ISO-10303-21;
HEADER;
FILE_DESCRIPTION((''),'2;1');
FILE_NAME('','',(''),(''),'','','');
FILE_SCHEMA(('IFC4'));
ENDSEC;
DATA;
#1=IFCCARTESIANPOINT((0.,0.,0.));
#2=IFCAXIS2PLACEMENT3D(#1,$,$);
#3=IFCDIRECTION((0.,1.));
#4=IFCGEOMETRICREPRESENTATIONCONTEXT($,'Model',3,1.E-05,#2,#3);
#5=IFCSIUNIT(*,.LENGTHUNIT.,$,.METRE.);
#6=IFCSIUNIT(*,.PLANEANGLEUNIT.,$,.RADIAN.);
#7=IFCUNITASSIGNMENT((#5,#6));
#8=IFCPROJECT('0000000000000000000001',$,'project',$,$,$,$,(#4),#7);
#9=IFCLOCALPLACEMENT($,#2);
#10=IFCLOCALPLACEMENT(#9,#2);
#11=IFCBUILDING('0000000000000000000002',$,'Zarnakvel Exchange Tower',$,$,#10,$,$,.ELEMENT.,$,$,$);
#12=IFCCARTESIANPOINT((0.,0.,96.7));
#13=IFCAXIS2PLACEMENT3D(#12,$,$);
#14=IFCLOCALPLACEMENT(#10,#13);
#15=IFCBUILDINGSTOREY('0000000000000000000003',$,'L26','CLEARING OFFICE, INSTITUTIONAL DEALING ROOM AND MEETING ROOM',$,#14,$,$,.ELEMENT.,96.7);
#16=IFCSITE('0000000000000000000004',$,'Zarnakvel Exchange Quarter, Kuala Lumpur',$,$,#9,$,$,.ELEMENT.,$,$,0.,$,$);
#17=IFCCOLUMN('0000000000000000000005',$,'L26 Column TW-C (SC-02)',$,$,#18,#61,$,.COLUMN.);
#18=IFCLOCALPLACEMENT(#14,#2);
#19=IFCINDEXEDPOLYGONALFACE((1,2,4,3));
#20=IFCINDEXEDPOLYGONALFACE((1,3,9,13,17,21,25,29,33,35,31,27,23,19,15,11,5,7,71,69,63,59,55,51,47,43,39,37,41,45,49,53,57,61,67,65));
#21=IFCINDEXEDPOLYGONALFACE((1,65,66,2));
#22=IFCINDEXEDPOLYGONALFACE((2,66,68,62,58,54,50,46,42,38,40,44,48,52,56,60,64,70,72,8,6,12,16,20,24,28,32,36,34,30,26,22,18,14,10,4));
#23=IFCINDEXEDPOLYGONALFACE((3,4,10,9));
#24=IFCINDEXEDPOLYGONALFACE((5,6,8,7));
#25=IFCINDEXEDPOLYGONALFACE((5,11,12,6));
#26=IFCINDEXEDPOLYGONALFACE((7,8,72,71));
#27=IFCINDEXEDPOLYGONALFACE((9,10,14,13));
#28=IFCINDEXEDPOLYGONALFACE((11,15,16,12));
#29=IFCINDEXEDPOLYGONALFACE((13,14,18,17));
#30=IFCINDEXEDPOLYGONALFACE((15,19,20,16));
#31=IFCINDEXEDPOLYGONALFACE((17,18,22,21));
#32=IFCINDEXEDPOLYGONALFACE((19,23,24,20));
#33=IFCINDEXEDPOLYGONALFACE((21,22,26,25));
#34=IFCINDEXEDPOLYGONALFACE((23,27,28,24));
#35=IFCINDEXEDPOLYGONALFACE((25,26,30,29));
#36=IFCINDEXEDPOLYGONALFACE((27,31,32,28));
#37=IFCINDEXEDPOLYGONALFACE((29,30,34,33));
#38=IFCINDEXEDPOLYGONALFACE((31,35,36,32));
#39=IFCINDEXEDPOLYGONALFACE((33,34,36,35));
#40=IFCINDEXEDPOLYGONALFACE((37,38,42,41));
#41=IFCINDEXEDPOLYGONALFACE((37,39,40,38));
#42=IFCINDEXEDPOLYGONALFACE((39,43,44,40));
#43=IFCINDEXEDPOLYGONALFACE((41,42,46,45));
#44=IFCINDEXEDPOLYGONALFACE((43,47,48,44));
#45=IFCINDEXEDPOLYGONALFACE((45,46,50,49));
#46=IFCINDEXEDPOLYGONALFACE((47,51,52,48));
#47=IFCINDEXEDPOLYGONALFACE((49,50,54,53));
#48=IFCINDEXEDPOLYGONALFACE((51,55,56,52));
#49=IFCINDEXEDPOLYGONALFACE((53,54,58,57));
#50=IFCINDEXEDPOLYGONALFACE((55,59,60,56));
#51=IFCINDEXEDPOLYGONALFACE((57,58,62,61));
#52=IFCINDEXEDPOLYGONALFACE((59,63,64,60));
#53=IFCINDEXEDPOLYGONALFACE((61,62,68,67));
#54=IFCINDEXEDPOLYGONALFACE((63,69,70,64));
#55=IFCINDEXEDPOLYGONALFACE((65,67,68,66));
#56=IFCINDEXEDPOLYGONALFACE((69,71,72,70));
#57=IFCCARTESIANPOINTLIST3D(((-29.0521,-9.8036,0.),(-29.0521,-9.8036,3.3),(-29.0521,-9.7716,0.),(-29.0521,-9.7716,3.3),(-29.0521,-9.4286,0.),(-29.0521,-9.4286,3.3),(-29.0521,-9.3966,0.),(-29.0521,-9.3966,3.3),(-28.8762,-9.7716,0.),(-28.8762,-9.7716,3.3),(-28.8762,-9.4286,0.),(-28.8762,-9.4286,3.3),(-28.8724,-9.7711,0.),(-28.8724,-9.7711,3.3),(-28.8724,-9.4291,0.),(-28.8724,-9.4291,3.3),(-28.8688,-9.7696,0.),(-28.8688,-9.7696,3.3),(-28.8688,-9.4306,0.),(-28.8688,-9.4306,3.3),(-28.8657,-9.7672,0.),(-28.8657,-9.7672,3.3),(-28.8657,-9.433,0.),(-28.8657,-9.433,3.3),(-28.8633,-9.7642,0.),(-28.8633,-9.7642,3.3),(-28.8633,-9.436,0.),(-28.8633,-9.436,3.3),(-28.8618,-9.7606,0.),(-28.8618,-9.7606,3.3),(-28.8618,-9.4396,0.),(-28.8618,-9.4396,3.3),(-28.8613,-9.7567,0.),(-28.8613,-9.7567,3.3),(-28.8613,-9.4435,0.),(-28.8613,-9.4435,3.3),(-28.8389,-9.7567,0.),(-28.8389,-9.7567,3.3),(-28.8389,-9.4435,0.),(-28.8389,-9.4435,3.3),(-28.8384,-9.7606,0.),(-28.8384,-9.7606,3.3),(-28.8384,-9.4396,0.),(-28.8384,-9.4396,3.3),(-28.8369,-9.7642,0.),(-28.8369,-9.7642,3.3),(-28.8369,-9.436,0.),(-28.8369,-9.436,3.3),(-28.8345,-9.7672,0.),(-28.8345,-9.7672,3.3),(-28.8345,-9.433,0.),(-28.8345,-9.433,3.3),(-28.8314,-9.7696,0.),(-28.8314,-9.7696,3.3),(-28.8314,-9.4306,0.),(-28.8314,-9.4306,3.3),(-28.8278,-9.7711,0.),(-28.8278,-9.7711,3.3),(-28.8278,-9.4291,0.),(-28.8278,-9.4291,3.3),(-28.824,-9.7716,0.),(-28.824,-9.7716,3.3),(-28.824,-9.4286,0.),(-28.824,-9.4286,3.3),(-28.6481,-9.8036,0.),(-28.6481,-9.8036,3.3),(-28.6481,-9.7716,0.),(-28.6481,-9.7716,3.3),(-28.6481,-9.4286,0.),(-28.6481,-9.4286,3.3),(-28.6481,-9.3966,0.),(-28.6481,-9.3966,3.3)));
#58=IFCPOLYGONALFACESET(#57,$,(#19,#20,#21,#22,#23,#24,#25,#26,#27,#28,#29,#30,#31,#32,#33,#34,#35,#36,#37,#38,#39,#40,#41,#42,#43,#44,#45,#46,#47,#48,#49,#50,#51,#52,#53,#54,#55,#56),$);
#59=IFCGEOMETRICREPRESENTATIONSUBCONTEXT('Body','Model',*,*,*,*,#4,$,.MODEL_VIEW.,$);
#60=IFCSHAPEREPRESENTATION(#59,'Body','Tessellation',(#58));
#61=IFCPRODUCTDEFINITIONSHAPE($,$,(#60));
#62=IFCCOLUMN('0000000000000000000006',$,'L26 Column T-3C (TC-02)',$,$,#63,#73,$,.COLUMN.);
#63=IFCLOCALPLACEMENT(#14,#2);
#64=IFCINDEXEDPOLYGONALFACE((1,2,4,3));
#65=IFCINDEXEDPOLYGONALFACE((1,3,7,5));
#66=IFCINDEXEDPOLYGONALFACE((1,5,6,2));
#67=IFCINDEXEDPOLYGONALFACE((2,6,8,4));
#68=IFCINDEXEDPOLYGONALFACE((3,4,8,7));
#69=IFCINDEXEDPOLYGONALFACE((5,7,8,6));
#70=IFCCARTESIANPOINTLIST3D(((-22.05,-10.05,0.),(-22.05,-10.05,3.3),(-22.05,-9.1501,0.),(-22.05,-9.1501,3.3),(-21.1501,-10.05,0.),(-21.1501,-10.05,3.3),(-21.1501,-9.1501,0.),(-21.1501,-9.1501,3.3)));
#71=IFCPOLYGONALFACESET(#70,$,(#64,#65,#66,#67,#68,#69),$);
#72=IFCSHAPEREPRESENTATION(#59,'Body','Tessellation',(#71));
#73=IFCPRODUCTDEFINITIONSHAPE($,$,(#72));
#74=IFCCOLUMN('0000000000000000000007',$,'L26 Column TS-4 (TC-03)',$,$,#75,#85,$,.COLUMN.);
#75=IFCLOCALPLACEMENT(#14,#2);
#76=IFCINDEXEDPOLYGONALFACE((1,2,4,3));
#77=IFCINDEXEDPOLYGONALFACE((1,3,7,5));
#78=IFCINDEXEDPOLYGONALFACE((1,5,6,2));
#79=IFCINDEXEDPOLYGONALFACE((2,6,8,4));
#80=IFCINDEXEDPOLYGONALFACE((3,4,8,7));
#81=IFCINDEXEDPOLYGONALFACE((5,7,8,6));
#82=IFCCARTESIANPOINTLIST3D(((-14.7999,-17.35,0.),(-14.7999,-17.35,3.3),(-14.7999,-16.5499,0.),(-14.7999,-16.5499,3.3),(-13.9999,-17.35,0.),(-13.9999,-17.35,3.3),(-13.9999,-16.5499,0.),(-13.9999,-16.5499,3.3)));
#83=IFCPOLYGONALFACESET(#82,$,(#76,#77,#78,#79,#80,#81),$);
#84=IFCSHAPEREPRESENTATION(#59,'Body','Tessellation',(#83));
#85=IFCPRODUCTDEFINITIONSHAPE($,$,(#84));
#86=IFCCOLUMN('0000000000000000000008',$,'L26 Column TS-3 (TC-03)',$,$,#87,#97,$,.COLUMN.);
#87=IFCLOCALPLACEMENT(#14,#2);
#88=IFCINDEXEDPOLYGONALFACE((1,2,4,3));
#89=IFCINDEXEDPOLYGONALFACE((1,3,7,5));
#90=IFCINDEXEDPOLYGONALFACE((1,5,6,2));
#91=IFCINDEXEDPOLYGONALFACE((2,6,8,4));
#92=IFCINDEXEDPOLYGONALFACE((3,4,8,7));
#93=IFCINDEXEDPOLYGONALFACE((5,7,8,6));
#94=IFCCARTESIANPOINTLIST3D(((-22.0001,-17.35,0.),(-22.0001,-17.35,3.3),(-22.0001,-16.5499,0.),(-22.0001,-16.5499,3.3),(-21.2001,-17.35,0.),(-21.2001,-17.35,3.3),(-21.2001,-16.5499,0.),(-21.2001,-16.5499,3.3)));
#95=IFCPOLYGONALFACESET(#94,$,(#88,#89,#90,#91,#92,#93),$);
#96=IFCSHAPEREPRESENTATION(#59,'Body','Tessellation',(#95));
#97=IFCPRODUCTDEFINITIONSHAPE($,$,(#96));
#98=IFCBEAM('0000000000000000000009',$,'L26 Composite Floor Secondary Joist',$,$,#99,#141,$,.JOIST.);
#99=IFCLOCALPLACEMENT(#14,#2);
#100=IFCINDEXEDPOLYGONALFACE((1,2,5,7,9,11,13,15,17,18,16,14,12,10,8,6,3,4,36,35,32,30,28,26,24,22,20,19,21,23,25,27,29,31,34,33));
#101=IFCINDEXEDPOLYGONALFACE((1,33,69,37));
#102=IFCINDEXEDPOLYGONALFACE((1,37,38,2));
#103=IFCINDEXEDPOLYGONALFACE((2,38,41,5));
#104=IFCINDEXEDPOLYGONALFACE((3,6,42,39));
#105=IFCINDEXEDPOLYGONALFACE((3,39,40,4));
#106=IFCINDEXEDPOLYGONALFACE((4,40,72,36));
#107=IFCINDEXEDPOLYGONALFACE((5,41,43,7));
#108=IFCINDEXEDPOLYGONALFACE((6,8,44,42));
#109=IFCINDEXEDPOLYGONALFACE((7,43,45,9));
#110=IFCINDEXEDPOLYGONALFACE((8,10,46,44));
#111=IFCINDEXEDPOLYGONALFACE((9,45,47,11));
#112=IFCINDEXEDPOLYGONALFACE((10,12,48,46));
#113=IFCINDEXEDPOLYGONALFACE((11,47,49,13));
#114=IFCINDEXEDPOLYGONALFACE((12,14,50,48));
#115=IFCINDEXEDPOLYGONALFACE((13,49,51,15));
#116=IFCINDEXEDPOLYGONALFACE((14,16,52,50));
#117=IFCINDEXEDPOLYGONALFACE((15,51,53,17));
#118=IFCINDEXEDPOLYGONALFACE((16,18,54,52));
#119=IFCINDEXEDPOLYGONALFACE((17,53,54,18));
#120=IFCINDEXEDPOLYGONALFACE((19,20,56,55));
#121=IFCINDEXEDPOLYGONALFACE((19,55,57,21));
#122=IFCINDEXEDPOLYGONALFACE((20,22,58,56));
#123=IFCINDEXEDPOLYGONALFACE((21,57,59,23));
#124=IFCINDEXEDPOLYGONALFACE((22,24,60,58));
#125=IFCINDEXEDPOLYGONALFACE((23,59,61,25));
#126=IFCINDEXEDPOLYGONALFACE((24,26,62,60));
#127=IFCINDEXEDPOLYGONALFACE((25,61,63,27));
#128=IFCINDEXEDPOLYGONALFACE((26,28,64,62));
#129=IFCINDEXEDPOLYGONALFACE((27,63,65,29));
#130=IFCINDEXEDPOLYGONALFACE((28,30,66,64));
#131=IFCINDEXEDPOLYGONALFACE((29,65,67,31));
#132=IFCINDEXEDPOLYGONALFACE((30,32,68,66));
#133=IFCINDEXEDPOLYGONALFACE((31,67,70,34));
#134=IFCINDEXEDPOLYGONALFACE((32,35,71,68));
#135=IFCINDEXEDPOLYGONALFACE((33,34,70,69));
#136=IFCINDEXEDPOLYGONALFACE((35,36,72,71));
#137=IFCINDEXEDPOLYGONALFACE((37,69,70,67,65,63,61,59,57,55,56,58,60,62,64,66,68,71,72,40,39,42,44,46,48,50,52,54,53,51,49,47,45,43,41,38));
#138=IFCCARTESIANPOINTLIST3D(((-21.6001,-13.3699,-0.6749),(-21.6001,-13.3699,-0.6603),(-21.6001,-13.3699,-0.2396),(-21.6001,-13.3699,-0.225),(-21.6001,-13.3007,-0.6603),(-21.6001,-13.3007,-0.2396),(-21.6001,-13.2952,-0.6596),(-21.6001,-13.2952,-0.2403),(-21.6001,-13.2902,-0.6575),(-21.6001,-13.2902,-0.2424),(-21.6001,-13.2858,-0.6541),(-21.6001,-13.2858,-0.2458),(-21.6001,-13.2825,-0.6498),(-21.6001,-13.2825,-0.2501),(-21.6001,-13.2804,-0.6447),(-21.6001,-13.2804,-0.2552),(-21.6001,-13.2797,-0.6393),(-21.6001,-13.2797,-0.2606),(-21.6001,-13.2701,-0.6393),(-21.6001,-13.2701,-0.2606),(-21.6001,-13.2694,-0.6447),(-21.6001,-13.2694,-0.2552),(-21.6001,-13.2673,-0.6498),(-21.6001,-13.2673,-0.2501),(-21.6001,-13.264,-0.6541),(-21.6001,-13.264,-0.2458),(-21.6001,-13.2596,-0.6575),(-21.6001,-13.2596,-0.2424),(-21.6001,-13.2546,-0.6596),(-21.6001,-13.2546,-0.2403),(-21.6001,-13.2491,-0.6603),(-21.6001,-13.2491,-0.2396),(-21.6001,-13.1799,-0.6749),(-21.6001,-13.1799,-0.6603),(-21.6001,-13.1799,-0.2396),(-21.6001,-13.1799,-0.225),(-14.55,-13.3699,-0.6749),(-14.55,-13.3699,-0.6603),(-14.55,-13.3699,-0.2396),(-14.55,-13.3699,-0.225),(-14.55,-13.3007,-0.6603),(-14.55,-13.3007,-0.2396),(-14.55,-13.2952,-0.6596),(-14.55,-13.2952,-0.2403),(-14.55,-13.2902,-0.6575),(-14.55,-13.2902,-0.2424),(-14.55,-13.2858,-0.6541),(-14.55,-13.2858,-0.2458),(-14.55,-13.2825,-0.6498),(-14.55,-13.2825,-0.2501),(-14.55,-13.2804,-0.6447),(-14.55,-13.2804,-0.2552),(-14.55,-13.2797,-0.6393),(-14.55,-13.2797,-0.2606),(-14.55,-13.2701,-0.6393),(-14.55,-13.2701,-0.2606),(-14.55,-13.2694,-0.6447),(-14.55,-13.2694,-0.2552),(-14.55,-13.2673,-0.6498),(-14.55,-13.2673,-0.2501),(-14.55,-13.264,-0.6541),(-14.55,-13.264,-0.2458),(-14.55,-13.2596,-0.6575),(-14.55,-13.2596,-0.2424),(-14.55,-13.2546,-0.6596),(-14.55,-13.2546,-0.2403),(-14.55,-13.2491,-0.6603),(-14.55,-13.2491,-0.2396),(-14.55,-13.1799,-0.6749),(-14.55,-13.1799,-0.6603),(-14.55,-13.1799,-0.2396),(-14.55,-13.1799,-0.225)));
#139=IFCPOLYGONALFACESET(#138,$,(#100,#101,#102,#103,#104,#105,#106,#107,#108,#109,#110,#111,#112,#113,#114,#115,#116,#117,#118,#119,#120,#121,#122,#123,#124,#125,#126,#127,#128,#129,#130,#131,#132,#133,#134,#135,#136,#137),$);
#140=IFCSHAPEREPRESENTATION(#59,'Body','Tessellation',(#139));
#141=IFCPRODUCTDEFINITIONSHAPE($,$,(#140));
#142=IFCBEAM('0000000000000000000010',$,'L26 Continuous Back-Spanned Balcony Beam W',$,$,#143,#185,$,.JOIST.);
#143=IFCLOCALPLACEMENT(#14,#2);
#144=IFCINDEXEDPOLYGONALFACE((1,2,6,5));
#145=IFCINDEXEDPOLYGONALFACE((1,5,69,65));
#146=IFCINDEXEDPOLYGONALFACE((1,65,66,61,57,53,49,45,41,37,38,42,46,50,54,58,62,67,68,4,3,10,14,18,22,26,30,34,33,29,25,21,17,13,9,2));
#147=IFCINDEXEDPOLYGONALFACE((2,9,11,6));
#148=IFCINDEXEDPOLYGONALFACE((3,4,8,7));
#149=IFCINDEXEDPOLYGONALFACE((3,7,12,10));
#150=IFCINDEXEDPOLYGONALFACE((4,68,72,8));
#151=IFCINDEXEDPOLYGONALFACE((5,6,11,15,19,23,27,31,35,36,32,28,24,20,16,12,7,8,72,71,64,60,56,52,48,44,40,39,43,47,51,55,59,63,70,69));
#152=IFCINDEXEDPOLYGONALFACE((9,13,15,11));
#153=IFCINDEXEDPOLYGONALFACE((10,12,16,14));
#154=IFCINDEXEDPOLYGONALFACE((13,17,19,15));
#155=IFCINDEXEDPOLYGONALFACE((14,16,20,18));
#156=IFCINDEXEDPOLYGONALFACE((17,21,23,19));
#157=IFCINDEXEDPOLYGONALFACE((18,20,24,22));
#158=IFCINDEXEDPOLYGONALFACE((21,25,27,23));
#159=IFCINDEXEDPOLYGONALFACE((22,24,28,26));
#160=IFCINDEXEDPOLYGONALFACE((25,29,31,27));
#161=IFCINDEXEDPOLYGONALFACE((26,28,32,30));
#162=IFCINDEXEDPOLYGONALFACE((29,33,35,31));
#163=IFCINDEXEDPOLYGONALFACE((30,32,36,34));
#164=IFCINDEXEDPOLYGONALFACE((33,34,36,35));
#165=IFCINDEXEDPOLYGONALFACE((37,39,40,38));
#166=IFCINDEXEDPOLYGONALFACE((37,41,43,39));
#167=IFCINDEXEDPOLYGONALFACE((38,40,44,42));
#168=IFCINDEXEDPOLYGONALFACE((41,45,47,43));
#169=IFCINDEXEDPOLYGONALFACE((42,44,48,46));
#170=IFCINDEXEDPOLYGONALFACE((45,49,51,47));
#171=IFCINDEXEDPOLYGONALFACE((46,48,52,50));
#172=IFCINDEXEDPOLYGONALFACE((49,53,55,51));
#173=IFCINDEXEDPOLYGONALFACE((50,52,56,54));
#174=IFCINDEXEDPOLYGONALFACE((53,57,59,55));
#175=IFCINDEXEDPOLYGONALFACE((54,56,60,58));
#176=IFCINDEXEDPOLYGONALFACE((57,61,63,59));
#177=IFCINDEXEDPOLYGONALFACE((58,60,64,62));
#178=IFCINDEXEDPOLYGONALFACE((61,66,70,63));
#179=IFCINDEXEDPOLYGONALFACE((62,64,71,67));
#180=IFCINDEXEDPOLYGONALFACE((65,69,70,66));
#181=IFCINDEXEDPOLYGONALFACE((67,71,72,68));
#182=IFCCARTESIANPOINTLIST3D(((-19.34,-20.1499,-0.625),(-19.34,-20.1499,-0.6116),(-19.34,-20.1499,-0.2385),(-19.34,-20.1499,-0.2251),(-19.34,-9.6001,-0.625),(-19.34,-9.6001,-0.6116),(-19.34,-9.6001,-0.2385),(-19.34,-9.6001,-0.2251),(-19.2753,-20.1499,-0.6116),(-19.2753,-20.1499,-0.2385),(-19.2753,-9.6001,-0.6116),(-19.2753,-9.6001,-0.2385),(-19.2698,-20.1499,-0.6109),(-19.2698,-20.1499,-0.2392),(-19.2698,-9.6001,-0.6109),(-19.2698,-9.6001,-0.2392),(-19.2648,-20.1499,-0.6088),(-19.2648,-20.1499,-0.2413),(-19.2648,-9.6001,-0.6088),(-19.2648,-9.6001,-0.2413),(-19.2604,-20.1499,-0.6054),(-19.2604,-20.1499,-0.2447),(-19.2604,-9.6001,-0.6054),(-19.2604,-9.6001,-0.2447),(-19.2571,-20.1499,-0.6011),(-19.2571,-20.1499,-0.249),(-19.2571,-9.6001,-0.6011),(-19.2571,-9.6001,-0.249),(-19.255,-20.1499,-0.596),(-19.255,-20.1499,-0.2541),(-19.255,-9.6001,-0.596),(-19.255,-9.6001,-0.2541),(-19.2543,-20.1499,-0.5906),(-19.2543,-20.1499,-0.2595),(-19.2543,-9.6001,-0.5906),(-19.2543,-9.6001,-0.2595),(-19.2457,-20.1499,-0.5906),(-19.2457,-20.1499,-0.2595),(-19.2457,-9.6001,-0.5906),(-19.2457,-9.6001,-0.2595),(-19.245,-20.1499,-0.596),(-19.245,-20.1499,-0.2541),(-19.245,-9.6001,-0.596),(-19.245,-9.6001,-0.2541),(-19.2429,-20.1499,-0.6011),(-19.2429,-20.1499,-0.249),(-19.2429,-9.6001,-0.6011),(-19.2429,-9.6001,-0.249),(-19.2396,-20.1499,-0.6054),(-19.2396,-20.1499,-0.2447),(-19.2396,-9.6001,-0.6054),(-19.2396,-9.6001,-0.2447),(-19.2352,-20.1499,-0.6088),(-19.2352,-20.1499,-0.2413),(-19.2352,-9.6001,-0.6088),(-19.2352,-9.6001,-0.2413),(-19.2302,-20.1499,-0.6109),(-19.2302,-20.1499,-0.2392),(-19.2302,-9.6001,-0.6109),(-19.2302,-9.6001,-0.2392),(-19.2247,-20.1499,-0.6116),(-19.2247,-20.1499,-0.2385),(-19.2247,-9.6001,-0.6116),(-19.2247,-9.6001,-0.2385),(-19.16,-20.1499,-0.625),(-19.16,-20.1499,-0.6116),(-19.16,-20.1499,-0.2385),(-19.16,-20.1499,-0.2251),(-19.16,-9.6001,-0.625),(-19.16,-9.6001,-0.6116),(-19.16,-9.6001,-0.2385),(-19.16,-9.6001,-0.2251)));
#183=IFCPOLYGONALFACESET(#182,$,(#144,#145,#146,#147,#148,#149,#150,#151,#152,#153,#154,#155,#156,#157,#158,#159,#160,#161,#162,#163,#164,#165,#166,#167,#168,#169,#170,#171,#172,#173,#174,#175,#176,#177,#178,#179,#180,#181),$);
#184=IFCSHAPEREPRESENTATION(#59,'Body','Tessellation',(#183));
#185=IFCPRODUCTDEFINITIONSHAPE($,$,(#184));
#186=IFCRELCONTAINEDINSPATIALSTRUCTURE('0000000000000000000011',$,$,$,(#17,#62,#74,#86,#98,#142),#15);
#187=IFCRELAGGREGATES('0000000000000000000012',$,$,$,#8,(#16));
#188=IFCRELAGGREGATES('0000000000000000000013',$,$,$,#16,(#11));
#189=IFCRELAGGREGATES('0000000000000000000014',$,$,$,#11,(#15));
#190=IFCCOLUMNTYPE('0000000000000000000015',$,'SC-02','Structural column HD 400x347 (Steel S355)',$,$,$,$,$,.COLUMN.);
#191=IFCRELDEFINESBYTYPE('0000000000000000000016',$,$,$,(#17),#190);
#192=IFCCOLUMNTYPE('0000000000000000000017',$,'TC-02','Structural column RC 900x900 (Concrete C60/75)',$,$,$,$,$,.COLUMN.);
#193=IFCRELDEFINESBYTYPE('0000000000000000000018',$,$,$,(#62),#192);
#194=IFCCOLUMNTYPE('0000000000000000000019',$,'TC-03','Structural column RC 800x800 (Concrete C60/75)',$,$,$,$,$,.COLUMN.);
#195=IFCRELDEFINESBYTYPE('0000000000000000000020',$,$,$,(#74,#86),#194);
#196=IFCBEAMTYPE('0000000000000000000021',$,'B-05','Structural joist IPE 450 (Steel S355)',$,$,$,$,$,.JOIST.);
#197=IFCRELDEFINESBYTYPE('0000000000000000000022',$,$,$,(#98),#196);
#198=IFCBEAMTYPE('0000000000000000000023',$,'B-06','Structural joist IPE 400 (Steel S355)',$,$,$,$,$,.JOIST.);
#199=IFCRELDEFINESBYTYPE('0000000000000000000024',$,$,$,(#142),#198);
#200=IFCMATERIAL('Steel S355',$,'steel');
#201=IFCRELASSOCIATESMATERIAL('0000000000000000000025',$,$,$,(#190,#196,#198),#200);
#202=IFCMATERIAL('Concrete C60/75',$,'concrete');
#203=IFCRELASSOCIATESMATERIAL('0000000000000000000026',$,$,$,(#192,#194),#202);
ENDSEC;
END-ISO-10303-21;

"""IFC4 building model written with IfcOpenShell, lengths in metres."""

from ifc_helpers import new_model, si_unit, direction, frame, origin, origin_2d, place, context, subcontext, project, spatial, rectangle, i_section, extrude, material, material_profile, profile_set, type_object, element, save


model = new_model("IFC4")

# Units and contexts
model_context = context("Model", 3, precision=1e-05, world=origin(), true_north=direction((0.0, 1.0)))
body_context = subcontext(model_context, "Body", "Model", "MODEL_VIEW")
ifc_project = project(units=[si_unit("LENGTHUNIT", "METRE"), si_unit("PLANEANGLEUNIT", "RADIAN")], contexts=[model_context])

# Site, building, storey
site_placement = place(None, origin())
site = spatial("IfcSite", under=ifc_project, at=site_placement, Name="Zarnakvel Exchange Quarter, Kuala Lumpur", CompositionType="ELEMENT", RefElevation=0.0)
building_placement = place(site_placement, origin())
building = spatial("IfcBuilding", under=site, at=building_placement, Name="Zarnakvel Exchange Tower", CompositionType="ELEMENT")
storey_placement = place(building_placement, frame((0.0, 0.0, 96.7)))
storey = spatial("IfcBuildingStorey", under=building, at=storey_placement, Name="L26", Description="CLEARING OFFICE, INSTITUTIONAL DEALING ROOM AND MEETING ROOM", CompositionType="ELEMENT", Elevation=96.7)

# Columns
ifc_material_1 = material(Name="Steel S355", Category="steel")
ifc_material_profile_1 = material_profile(ifc_material_1, i_section(OverallWidth=0.4041, OverallDepth=0.407, WebThickness=0.0225, FlangeThickness=0.032, FilletRadius=0.0149, at=origin_2d()))
ifc_profile_set_1 = profile_set([ifc_material_profile_1], Name="Steel S355")
column_type_1 = type_object("IfcColumnType", Name="SC-02", Description="Structural column HD 400x347 (Steel S355)", PredefinedType="COLUMN", material=ifc_profile_set_1)
column_1_placement = place(storey_placement, frame((-28.8501, -9.6001, 0.0), z_axis=(0.0, 0.0, 1.0), x_axis=(1.0, 0.0, 0.0)))
element("IfcColumn", 1, at=column_1_placement, inside=storey, type_object=column_type_1, Name="L26 Column TW-C (SC-02)", PredefinedType="COLUMN", context=body_context, shape_type="SweptSolid", body=[
    extrude(i_section(OverallWidth=0.4041, OverallDepth=0.407, WebThickness=0.0225, FlangeThickness=0.032, FilletRadius=0.0149, at=origin_2d()), origin(), (0.0, 0.0, 1.0), 3.3),
])
ifc_material_2 = material(Name="Concrete C60/75", Category="concrete")
ifc_material_profile_2 = material_profile(ifc_material_2, rectangle(XDim=0.8999, YDim=0.8999, at=origin_2d()))
ifc_profile_set_2 = profile_set([ifc_material_profile_2], Name="Concrete C60/75")
column_type_2 = type_object("IfcColumnType", Name="TC-02", Description="Structural column RC 900x900 (Concrete C60/75)", PredefinedType="COLUMN", material=ifc_profile_set_2)
column_2_placement = place(storey_placement, frame((-21.6001, -9.6001, 0.0), z_axis=(0.0, 0.0, 1.0), x_axis=(1.0, 0.0, 0.0)))
element("IfcColumn", 2, at=column_2_placement, inside=storey, type_object=column_type_2, Name="L26 Column T-3C (TC-02)", PredefinedType="COLUMN", context=body_context, shape_type="SweptSolid", body=[
    extrude(rectangle(XDim=0.8999, YDim=0.8999, at=origin_2d()), origin(), (0.0, 0.0, 1.0), 3.3),
])
ifc_material_profile_3 = material_profile(ifc_material_2, rectangle(XDim=0.8, YDim=0.8, at=origin_2d()))
ifc_profile_set_3 = profile_set([ifc_material_profile_3], Name="Concrete C60/75")
column_type_3 = type_object("IfcColumnType", Name="TC-03", Description="Structural column RC 800x800 (Concrete C60/75)", PredefinedType="COLUMN", material=ifc_profile_set_3)
for number, where, z_axis, x_axis, name in (
    (3, (-14.3999, -16.95, 0.0), (0.0, 0.0, 1.0), (1.0, 0.0, 0.0), "L26 Column TS-4 (TC-03)"),
    (4, (-21.6001, -16.95, 0.0), (0.0, 0.0, 1.0), (1.0, 0.0, 0.0), "L26 Column TS-3 (TC-03)"),
):
    element("IfcColumn", number, at=place(storey_placement, frame(where, z_axis=z_axis, x_axis=x_axis)), inside=storey, type_object=column_type_3, Name=name, PredefinedType="COLUMN", context=body_context, shape_type="SweptSolid", body=[
        extrude(rectangle(XDim=0.8, YDim=0.8, at=origin_2d()), origin(), (0.0, 0.0, 1.0), 3.3),
    ])

# Beams
ifc_material_profile_4 = material_profile(ifc_material_1, i_section(OverallWidth=0.1899, OverallDepth=0.45, WebThickness=0.0095, FlangeThickness=0.0146, FilletRadius=0.021, at=origin_2d()))
ifc_profile_set_4 = profile_set([ifc_material_profile_4], Name="Steel S355")
beam_type_1 = type_object("IfcBeamType", Name="B-05", Description="Structural joist IPE 450 (Steel S355)", PredefinedType="JOIST", material=ifc_profile_set_4)
beam_1_placement = place(storey_placement, frame((-21.6001, -13.2749, -0.45), z_axis=(1.0, 0.0, 0.0), x_axis=(0.0, 1.0, 0.0)))
element("IfcBeam", 5, at=beam_1_placement, inside=storey, type_object=beam_type_1, Name="L26 Composite Floor Secondary Joist", PredefinedType="JOIST", context=body_context, shape_type="SweptSolid", body=[
    extrude(i_section(OverallWidth=0.1899, OverallDepth=0.45, WebThickness=0.0095, FlangeThickness=0.0146, FilletRadius=0.021, at=origin_2d()), origin(), (0.0, 0.0, 1.0), 7.05),
])
ifc_material_profile_5 = material_profile(ifc_material_1, i_section(OverallWidth=0.1799, OverallDepth=0.3999, WebThickness=0.0085, FlangeThickness=0.0134, FilletRadius=0.021, at=origin_2d()))
ifc_profile_set_5 = profile_set([ifc_material_profile_5], Name="Steel S355")
beam_type_2 = type_object("IfcBeamType", Name="B-06", Description="Structural joist IPE 400 (Steel S355)", PredefinedType="JOIST", material=ifc_profile_set_5)
beam_2_placement = place(storey_placement, frame((-19.25, -9.6001, -0.425), z_axis=(0.0, -1.0, 0.0), x_axis=(1.0, 0.0, 0.0)))
element("IfcBeam", 6, at=beam_2_placement, inside=storey, type_object=beam_type_2, Name="L26 Continuous Back-Spanned Balcony Beam W", PredefinedType="JOIST", context=body_context, shape_type="SweptSolid", body=[
    extrude(i_section(OverallWidth=0.1799, OverallDepth=0.3999, WebThickness=0.0085, FlangeThickness=0.0134, FilletRadius=0.021, at=origin_2d()), origin(), (0.0, 0.0, 1.0), 10.5498),
])

save(model, "model.ifc")
